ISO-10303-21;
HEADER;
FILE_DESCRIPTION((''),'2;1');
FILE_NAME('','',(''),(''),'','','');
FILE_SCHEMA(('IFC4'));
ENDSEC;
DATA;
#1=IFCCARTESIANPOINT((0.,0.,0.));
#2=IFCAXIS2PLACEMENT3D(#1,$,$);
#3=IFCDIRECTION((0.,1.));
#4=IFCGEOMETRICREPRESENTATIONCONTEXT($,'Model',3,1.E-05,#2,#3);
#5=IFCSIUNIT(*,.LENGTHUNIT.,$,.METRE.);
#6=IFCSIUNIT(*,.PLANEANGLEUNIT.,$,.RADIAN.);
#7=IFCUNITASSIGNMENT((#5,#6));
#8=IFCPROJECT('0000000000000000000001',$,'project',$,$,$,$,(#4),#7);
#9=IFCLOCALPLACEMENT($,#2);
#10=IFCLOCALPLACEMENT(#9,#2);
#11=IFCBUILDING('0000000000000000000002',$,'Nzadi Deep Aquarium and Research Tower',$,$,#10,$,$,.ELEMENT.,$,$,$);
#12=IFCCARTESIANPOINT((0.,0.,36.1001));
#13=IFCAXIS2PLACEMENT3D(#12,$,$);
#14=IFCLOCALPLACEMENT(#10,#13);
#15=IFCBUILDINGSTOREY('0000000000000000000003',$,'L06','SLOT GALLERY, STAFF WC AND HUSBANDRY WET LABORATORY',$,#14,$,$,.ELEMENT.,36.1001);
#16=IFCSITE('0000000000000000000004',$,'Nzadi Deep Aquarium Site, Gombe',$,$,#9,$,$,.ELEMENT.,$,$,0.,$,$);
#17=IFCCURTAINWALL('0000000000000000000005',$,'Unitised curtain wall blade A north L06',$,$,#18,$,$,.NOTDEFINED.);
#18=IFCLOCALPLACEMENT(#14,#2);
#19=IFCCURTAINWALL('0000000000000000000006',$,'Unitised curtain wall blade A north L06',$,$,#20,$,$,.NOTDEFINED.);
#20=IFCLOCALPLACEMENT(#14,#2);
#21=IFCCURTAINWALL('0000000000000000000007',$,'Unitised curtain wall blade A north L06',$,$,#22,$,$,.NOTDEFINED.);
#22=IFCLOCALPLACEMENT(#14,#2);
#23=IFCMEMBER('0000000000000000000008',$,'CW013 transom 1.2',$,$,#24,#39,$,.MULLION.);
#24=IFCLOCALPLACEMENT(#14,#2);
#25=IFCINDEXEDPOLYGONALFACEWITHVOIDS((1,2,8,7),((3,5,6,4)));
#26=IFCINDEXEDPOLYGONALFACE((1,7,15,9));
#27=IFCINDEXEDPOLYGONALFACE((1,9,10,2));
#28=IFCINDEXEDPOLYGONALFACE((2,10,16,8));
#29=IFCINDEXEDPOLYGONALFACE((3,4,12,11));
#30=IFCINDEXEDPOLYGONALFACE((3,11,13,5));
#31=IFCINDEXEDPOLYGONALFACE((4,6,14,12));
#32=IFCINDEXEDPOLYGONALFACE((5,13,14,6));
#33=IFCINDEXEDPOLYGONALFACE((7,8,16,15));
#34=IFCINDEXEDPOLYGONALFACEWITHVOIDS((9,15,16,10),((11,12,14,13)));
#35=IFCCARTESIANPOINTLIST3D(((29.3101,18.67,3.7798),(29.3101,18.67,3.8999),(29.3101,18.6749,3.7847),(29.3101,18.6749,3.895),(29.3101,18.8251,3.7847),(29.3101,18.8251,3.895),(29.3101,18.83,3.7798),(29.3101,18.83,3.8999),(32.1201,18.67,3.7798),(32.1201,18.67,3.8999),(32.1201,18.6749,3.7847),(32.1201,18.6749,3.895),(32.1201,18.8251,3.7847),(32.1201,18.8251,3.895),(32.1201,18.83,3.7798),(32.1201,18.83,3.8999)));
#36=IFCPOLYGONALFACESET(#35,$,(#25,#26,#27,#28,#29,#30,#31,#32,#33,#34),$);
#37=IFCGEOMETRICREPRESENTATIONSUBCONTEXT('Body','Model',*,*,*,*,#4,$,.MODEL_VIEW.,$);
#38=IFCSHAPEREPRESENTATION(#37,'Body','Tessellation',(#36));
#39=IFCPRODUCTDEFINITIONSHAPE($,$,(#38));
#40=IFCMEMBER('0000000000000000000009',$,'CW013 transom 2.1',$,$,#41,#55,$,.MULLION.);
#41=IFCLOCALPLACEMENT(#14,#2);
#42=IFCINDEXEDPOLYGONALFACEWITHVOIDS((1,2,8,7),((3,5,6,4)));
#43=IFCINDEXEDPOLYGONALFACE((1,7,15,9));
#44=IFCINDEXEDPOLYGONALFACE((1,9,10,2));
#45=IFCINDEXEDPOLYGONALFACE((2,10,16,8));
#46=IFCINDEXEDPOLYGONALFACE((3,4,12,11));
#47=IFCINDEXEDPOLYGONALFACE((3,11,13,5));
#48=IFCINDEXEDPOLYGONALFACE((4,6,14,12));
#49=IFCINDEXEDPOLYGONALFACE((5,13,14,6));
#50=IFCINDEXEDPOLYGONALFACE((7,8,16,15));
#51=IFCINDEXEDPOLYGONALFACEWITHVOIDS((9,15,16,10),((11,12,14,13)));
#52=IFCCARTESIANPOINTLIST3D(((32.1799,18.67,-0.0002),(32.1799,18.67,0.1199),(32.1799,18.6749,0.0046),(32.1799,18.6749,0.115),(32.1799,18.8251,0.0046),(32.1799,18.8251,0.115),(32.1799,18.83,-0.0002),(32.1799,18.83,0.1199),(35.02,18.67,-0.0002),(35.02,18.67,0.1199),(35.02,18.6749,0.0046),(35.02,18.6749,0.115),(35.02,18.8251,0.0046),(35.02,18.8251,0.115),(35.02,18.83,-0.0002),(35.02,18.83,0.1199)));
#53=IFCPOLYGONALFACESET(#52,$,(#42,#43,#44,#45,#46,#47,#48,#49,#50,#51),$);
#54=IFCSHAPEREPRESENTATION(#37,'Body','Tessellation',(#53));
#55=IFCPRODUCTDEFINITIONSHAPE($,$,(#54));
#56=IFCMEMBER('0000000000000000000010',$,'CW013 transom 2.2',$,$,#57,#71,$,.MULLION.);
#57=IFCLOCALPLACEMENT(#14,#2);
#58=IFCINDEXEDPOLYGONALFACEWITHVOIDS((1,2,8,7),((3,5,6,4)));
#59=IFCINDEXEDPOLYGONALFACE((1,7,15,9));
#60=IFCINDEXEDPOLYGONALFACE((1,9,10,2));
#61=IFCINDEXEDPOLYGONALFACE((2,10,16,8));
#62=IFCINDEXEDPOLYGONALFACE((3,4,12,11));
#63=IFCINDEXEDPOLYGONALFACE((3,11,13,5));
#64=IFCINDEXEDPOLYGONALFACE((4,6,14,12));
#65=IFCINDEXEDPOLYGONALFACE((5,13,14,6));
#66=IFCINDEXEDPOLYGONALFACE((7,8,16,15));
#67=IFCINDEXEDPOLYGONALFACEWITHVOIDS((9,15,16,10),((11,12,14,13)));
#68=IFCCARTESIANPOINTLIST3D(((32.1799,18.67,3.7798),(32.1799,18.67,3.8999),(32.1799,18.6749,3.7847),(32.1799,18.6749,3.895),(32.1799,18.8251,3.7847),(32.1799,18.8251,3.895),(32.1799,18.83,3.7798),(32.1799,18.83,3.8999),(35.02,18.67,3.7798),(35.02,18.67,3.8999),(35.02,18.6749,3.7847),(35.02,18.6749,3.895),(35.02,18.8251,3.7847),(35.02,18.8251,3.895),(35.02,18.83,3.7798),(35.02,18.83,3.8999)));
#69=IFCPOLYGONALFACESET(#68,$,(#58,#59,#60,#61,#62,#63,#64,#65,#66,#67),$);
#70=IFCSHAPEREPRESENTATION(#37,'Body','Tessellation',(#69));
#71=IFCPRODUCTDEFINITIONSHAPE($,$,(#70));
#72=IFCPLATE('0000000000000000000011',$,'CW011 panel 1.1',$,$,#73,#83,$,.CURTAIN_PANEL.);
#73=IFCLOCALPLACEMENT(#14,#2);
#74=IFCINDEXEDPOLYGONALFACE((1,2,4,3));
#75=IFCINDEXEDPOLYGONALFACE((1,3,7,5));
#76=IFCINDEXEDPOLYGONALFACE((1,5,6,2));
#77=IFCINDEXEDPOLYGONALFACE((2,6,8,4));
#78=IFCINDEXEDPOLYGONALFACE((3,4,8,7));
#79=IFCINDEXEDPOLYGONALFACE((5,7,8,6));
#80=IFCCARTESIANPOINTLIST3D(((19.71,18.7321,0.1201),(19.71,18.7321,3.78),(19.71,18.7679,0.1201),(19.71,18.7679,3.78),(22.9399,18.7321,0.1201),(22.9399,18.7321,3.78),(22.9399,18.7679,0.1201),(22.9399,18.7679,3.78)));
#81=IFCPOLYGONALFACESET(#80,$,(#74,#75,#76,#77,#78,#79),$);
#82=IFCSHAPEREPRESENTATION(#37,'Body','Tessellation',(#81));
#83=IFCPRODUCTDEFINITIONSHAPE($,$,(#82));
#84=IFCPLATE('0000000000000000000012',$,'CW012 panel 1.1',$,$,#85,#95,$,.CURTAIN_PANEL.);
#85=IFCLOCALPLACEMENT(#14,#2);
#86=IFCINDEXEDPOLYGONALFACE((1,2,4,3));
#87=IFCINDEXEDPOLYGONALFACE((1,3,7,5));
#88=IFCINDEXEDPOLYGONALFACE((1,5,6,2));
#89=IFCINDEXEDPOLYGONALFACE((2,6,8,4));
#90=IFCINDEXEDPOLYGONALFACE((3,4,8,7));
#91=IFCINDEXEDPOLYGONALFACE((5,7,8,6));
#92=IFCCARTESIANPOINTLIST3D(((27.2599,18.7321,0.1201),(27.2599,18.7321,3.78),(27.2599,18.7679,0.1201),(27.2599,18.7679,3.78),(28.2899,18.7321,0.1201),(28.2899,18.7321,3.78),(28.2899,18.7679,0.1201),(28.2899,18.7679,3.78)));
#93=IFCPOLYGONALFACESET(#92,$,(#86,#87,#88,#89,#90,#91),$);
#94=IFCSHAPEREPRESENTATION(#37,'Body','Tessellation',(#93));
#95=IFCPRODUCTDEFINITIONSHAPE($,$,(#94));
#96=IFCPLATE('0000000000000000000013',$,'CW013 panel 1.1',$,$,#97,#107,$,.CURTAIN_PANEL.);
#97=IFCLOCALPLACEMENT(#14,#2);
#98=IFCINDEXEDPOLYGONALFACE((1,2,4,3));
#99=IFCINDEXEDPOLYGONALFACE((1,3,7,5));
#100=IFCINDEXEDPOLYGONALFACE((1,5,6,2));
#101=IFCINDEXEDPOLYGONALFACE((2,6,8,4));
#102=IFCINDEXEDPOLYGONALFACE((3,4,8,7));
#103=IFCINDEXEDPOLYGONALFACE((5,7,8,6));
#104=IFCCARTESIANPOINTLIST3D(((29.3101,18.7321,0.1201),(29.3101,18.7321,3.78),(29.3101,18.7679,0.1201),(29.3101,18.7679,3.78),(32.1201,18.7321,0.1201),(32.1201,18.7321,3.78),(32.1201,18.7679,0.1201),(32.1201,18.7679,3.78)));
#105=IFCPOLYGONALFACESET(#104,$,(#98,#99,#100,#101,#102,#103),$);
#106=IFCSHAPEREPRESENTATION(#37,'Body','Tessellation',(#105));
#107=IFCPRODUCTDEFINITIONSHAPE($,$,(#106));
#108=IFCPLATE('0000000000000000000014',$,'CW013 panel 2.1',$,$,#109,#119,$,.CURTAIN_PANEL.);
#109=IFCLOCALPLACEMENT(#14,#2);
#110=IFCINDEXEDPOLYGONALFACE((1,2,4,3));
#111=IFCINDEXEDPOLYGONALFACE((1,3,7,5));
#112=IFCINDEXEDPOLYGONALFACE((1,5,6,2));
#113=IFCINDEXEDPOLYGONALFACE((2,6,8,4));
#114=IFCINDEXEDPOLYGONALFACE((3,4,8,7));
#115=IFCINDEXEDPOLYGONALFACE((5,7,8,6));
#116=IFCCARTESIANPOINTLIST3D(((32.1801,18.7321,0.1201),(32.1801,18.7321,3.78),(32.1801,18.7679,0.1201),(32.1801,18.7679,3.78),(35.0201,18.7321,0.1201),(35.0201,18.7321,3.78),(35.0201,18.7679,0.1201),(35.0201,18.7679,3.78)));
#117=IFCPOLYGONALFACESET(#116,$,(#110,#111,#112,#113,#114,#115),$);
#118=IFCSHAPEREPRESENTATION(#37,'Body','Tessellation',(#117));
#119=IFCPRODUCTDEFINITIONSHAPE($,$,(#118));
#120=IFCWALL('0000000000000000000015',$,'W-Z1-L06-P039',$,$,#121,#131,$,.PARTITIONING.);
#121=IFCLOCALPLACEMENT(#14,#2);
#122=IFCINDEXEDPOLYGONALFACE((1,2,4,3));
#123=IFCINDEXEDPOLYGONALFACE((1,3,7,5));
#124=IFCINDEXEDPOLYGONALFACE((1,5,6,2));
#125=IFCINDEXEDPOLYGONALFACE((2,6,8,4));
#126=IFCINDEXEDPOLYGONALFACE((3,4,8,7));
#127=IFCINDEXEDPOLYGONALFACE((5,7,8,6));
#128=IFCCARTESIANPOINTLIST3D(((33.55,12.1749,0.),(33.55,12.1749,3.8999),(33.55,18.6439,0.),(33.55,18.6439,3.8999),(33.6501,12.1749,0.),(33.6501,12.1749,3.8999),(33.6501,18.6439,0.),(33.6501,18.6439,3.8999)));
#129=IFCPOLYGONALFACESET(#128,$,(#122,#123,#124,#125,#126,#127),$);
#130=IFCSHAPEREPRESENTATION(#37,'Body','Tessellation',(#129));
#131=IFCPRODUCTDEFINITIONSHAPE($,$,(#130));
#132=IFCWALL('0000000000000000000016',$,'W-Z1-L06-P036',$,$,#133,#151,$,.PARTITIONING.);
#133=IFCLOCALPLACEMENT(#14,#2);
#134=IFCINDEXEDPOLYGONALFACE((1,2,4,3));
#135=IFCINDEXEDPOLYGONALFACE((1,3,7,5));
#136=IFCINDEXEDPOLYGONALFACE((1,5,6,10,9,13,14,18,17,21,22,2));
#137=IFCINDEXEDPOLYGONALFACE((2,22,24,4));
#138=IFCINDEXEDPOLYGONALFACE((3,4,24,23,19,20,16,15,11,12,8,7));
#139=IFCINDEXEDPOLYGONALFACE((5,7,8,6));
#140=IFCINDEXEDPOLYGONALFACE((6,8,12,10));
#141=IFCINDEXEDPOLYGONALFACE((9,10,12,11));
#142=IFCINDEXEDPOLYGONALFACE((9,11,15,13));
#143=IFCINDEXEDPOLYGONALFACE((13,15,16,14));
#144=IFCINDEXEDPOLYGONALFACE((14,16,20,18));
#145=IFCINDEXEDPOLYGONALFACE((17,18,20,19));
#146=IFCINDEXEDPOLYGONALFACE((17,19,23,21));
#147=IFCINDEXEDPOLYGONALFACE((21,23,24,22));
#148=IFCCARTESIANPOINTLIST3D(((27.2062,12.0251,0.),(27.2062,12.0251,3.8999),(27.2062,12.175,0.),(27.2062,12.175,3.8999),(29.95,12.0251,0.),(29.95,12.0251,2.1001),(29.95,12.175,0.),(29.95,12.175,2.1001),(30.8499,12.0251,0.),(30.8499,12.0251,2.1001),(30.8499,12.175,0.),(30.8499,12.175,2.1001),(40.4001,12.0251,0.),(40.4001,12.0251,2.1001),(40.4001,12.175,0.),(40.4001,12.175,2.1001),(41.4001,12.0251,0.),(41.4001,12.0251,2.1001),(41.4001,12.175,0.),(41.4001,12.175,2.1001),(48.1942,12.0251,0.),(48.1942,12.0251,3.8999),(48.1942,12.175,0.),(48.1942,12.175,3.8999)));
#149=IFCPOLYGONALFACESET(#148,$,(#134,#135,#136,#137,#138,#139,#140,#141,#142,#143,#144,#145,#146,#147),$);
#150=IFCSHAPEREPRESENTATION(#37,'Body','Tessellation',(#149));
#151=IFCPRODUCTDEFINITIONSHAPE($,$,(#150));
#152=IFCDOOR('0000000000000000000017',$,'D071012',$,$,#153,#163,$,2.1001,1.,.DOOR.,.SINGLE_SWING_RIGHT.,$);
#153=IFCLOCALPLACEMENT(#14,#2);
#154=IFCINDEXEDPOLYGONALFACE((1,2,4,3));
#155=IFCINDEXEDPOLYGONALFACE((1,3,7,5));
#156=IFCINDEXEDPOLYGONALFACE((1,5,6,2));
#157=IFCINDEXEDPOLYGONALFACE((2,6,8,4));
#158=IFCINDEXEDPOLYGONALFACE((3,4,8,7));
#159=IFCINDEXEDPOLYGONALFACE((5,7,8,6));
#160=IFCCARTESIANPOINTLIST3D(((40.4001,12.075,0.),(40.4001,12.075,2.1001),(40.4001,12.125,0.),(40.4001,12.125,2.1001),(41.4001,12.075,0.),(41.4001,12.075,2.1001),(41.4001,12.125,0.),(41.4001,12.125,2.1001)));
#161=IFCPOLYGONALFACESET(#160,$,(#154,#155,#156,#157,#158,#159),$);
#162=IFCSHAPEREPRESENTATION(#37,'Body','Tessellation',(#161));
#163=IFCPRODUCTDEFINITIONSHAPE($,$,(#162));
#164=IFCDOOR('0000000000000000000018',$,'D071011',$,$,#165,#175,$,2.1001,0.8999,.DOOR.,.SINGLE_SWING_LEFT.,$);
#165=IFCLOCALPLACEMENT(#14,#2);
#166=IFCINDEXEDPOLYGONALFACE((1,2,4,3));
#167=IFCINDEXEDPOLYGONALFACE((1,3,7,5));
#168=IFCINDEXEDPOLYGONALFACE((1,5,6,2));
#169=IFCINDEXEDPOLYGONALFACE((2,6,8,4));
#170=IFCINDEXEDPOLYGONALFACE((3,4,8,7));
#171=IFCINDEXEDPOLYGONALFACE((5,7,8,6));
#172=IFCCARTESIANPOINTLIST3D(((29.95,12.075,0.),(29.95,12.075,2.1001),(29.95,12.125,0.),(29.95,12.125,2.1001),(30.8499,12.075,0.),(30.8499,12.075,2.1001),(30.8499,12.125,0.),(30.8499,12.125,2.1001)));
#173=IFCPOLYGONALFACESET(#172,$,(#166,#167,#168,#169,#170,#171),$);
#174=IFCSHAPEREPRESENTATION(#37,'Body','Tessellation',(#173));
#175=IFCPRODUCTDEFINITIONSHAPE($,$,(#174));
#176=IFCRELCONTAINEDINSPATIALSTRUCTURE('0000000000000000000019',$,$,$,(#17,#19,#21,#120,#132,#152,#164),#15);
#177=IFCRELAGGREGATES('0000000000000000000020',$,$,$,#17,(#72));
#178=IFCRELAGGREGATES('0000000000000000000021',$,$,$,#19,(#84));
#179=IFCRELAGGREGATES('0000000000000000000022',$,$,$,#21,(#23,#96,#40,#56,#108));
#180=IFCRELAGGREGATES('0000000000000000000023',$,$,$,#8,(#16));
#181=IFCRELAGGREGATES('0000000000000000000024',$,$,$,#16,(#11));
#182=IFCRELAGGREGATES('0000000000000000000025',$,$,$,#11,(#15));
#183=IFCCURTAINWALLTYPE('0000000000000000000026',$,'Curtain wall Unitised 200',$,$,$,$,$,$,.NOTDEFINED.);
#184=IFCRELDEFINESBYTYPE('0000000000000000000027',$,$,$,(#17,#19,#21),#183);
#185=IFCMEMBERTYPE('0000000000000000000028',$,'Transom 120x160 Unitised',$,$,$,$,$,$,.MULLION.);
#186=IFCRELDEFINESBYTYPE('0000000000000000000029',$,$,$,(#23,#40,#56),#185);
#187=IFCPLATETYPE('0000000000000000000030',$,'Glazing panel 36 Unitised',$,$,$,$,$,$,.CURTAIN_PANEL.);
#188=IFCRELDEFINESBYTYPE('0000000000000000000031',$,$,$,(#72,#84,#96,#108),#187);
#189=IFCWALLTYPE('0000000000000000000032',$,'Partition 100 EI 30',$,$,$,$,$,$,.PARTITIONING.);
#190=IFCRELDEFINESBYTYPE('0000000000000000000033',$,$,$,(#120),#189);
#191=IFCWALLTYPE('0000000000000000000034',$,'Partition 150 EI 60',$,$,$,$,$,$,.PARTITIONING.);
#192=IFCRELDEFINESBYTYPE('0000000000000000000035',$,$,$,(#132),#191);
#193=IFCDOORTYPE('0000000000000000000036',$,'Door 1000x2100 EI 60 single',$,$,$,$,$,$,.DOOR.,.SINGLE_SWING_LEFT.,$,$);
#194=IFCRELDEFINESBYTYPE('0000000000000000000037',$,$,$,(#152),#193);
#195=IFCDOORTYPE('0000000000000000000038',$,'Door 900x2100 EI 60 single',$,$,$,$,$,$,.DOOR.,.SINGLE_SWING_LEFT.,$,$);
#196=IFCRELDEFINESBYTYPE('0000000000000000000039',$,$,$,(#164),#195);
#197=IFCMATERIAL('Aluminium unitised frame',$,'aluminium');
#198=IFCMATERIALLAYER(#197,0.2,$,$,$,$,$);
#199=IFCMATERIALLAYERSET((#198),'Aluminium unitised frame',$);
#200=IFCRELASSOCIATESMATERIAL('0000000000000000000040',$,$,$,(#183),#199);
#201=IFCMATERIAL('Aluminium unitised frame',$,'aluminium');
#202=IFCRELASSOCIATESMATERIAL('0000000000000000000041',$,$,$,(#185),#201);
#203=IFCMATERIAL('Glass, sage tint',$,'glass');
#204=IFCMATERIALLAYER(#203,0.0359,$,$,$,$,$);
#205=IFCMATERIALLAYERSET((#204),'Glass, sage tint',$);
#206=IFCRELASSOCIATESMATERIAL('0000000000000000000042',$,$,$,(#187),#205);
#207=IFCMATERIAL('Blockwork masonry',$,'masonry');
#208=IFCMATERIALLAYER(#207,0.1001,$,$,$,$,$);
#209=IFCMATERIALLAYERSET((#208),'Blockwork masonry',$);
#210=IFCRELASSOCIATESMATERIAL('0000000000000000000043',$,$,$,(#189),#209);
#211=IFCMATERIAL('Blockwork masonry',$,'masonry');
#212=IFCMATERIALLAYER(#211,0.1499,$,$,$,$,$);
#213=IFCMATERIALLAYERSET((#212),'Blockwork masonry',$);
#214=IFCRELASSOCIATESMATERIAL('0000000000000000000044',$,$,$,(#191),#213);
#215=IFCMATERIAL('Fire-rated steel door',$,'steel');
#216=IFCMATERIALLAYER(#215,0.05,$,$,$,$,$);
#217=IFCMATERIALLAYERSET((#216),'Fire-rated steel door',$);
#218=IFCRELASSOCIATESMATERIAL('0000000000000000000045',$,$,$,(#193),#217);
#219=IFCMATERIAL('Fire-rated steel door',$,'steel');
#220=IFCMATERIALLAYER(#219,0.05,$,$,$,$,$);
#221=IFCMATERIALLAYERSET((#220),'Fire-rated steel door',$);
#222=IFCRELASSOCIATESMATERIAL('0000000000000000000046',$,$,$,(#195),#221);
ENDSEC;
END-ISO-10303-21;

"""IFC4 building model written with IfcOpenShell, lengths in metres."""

from ifc_helpers import new_model, si_unit, direction, frame, frame_2d, origin, origin_2d, place, context, subcontext, project, spatial, rectangle, hollow_rectangle, extrude, material, layer, layer_set, material_profile, profile_set, type_object, element, fill, aggregate, save


model = new_model("IFC4")

# Units and contexts
model_context = context("Model", 3, precision=1e-05, world=origin(), true_north=direction((0.0, 1.0)))
body_context = subcontext(model_context, "Body", "Model", "MODEL_VIEW")
ifc_project = project(units=[si_unit("LENGTHUNIT", "METRE"), si_unit("PLANEANGLEUNIT", "RADIAN")], contexts=[model_context])

# Site, building, storey
site_placement = place(None, origin())
site = spatial("IfcSite", under=ifc_project, at=site_placement, Name="Nzadi Deep Aquarium Site, Gombe", CompositionType="ELEMENT", RefElevation=0.0)
building_placement = place(site_placement, origin())
building = spatial("IfcBuilding", under=site, at=building_placement, Name="Nzadi Deep Aquarium and Research Tower", CompositionType="ELEMENT")
storey_placement = place(building_placement, frame((0.0, 0.0, 36.1001)))
storey = spatial("IfcBuildingStorey", under=building, at=storey_placement, Name="L06", Description="SLOT GALLERY, STAFF WC AND HUSBANDRY WET LABORATORY", CompositionType="ELEMENT", Elevation=36.1001)

# Curtain wall
ifc_material_1 = material(Name="Aluminium unitised frame", Category="aluminium")
ifc_layer_1 = layer(ifc_material_1, 0.2)
ifc_layer_set_1 = layer_set([ifc_layer_1], Name="Aluminium unitised frame")
curtain_wall_type = type_object("IfcCurtainWallType", Name="Curtain wall Unitised 200", PredefinedType="NOTDEFINED", material=ifc_layer_set_1)
curtain_wall_1_placement = place(storey_placement, origin())
curtain_wall_1 = element("IfcCurtainWall", 1, at=curtain_wall_1_placement, inside=storey, type_object=curtain_wall_type, Name="Unitised curtain wall blade A north L06", PredefinedType="NOTDEFINED")

# Curtain walls
curtain_wall_2_placement = place(storey_placement, origin())
curtain_wall_2 = element("IfcCurtainWall", 2, at=curtain_wall_2_placement, inside=storey, type_object=curtain_wall_type, Name="Unitised curtain wall blade A north L06", PredefinedType="NOTDEFINED")
curtain_wall_3_placement = place(storey_placement, origin())
curtain_wall_3 = element("IfcCurtainWall", 3, at=curtain_wall_3_placement, inside=storey, type_object=curtain_wall_type, Name="Unitised curtain wall blade A north L06", PredefinedType="NOTDEFINED")

# Members
ifc_material_2 = material(Name="Aluminium unitised frame", Category="aluminium")
ifc_material_profile_1 = material_profile(ifc_material_2, hollow_rectangle(XDim=0.1599, YDim=0.1201, WallThickness=0.0049, at=origin_2d()))
ifc_profile_set_1 = profile_set([ifc_material_profile_1], Name="Aluminium unitised frame")
member_type_1 = type_object("IfcMemberType", Name="Transom 120x160 Unitised", PredefinedType="MULLION", material=ifc_profile_set_1)
member_1_placement = place(storey_placement, frame((29.3101, 18.75, 3.8398), z_axis=(1.0, 0.0, 0.0), x_axis=(0.0, 1.0, 0.0)))
member_1 = element("IfcMember", 4, at=member_1_placement, type_object=member_type_1, Name="CW013 transom 1.2", PredefinedType="MULLION", context=body_context, shape_type="SweptSolid", body=[
    extrude(hollow_rectangle(XDim=0.1599, YDim=0.1201, WallThickness=0.0049, at=origin_2d()), origin(), (0.0, 0.0, 1.0), 2.8101),
])
member_2_placement = place(storey_placement, frame((32.1799, 18.75, 0.0598), z_axis=(1.0, 0.0, 0.0), x_axis=(0.0, 1.0, 0.0)))
member_2 = element("IfcMember", 5, at=member_2_placement, type_object=member_type_1, Name="CW013 transom 2.1", PredefinedType="MULLION", context=body_context, shape_type="SweptSolid", body=[
    extrude(hollow_rectangle(XDim=0.1599, YDim=0.1201, WallThickness=0.0049, at=origin_2d()), origin(), (0.0, 0.0, 1.0), 2.8401),
])
member_3_placement = place(storey_placement, frame((32.1799, 18.75, 3.8398), z_axis=(1.0, 0.0, 0.0), x_axis=(0.0, 1.0, 0.0)))
member_3 = element("IfcMember", 6, at=member_3_placement, type_object=member_type_1, Name="CW013 transom 2.2", PredefinedType="MULLION", context=body_context, shape_type="SweptSolid", body=[
    extrude(hollow_rectangle(XDim=0.1599, YDim=0.1201, WallThickness=0.0049, at=origin_2d()), origin(), (0.0, 0.0, 1.0), 2.8401),
])

# Plates
ifc_material_3 = material(Name="Glass, sage tint", Category="glass")
ifc_layer_2 = layer(ifc_material_3, 0.0359)
ifc_layer_set_2 = layer_set([ifc_layer_2], Name="Glass, sage tint")
plate_type = type_object("IfcPlateType", Name="Glazing panel 36 Unitised", PredefinedType="CURTAIN_PANEL", material=ifc_layer_set_2)
plate_1_placement = place(storey_placement, frame((21.325, 18.75, 0.1201), z_axis=(0.0, 0.0, 1.0), x_axis=(1.0, 0.0, 0.0)))
plate_1 = element("IfcPlate", 7, at=plate_1_placement, type_object=plate_type, Name="CW011 panel 1.1", PredefinedType="CURTAIN_PANEL", context=body_context, shape_type="SweptSolid", body=[
    extrude(rectangle(XDim=3.23, YDim=0.0359, at=origin_2d()), origin(), (0.0, 0.0, 1.0), 3.6599),
])
aggregate(curtain_wall_1, [plate_1])
plate_2_placement = place(storey_placement, frame((27.7749, 18.75, 0.1201), z_axis=(0.0, 0.0, 1.0), x_axis=(1.0, 0.0, 0.0)))
plate_2 = element("IfcPlate", 8, at=plate_2_placement, type_object=plate_type, Name="CW012 panel 1.1", PredefinedType="CURTAIN_PANEL", context=body_context, shape_type="SweptSolid", body=[
    extrude(rectangle(XDim=1.03, YDim=0.0359, at=origin_2d()), origin(), (0.0, 0.0, 1.0), 3.6599),
])
aggregate(curtain_wall_2, [plate_2])
plate_3_placement = place(storey_placement, frame((30.7151, 18.75, 0.1201), z_axis=(0.0, 0.0, 1.0), x_axis=(1.0, 0.0, 0.0)))
plate_3 = element("IfcPlate", 9, at=plate_3_placement, type_object=plate_type, Name="CW013 panel 1.1", PredefinedType="CURTAIN_PANEL", context=body_context, shape_type="SweptSolid", body=[
    extrude(rectangle(XDim=2.8101, YDim=0.0359, at=origin_2d()), origin(), (0.0, 0.0, 1.0), 3.6599),
])
plate_4_placement = place(storey_placement, frame((33.6001, 18.75, 0.1201), z_axis=(0.0, 0.0, 1.0), x_axis=(1.0, 0.0, 0.0)))
plate_4 = element("IfcPlate", 10, at=plate_4_placement, type_object=plate_type, Name="CW013 panel 2.1", PredefinedType="CURTAIN_PANEL", context=body_context, shape_type="SweptSolid", body=[
    extrude(rectangle(XDim=2.8401, YDim=0.0359, at=origin_2d()), origin(), (0.0, 0.0, 1.0), 3.6599),
])
aggregate(curtain_wall_3, [member_1, plate_3, member_2, member_3, plate_4])

# Wall
ifc_material_4 = material(Name="Blockwork masonry", Category="masonry")
ifc_layer_3 = layer(ifc_material_4, 0.1001)
ifc_layer_set_3 = layer_set([ifc_layer_3], Name="Blockwork masonry")
wall_type_1 = type_object("IfcWallType", Name="Partition 100 EI 30", PredefinedType="PARTITIONING", material=ifc_layer_set_3)
wall_1_placement = place(storey_placement, frame((33.6001, 12.175, 0.0), z_axis=(0.0, 0.0, 1.0), x_axis=(0.0, 1.0, 0.0)))
element("IfcWall", 11, at=wall_1_placement, inside=storey, type_object=wall_type_1, Name="W-Z1-L06-P039", PredefinedType="PARTITIONING", context=body_context, shape_type="SweptSolid", body=[
    extrude(rectangle(XDim=6.469, YDim=0.1001, at=frame_2d((3.2344, 0.0))), origin(), (0.0, 0.0, 1.0), 3.8999),
])

# Wall, openings, doors
ifc_material_5 = material(Name="Blockwork masonry", Category="masonry")
ifc_layer_4 = layer(ifc_material_5, 0.1499)
ifc_layer_set_4 = layer_set([ifc_layer_4], Name="Blockwork masonry")
wall_type_2 = type_object("IfcWallType", Name="Partition 150 EI 60", PredefinedType="PARTITIONING", material=ifc_layer_set_4)
wall_2_placement = place(storey_placement, frame((27.2061, 12.1001, 0.0), z_axis=(0.0, 0.0, 1.0), x_axis=(1.0, 0.0, 0.0)))
wall_2 = element("IfcWall", 12, at=wall_2_placement, inside=storey, type_object=wall_type_2, Name="W-Z1-L06-P036", PredefinedType="PARTITIONING", context=body_context, shape_type="SweptSolid", body=[
    extrude(rectangle(XDim=20.988, YDim=0.1499, at=frame_2d((10.4941, 0.0))), origin(), (0.0, 0.0, 1.0), 3.8999),
])
opening_1_placement = place(wall_2_placement, frame((2.7439, 0.0, 0.0)))
opening_1 = element("IfcOpeningElement", 13, at=opening_1_placement, cuts=wall_2, PredefinedType="OPENING", context=body_context, shape_type="SweptSolid", body=[
    extrude(rectangle(XDim=0.8999, YDim=2.1001, at=frame_2d((0.45, 1.05))), frame((0.0, 0.085, 0.0), z_axis=(0.0, -1.0, 0.0), x_axis=(1.0, 0.0, 0.0)), (0.0, 0.0, 1.0), 0.1699),
])
opening_2_placement = place(wall_2_placement, frame((13.1941, 0.0, 0.0)))
opening_2 = element("IfcOpeningElement", 14, at=opening_2_placement, cuts=wall_2, PredefinedType="OPENING", context=body_context, shape_type="SweptSolid", body=[
    extrude(rectangle(XDim=1.0, YDim=2.1001, at=frame_2d((0.5, 1.05))), frame((0.0, 0.085, 0.0), z_axis=(0.0, -1.0, 0.0), x_axis=(1.0, 0.0, 0.0)), (0.0, 0.0, 1.0), 0.1699),
])
ifc_material_6 = material(Name="Fire-rated steel door", Category="steel")
ifc_layer_5 = layer(ifc_material_6, 0.05)
ifc_layer_set_5 = layer_set([ifc_layer_5], Name="Fire-rated steel door")
door_type_1 = type_object("IfcDoorType", Name="Door 1000x2100 EI 60 single", OperationType="SINGLE_SWING_LEFT", PredefinedType="DOOR", material=ifc_layer_set_5)
door_1_placement = place(opening_2_placement, origin())
door_1 = element("IfcDoor", 15, at=door_1_placement, inside=storey, type_object=door_type_1, Name="D071012", OperationType="SINGLE_SWING_RIGHT", OverallHeight=2.1001, OverallWidth=1.0, PredefinedType="DOOR", context=body_context, shape_type="SweptSolid", body=[
    extrude(rectangle(XDim=1.0, YDim=2.1001, at=frame_2d((0.5, 1.05))), frame((0.0, 0.0249, 0.0), z_axis=(0.0, -1.0, 0.0), x_axis=(1.0, 0.0, 0.0)), (0.0, 0.0, 1.0), 0.05),
])
fill(opening_2, door_1)
ifc_material_7 = material(Name="Fire-rated steel door", Category="steel")
ifc_layer_6 = layer(ifc_material_7, 0.05)
ifc_layer_set_6 = layer_set([ifc_layer_6], Name="Fire-rated steel door")
door_type_2 = type_object("IfcDoorType", Name="Door 900x2100 EI 60 single", OperationType="SINGLE_SWING_LEFT", PredefinedType="DOOR", material=ifc_layer_set_6)
door_2_placement = place(opening_1_placement, origin())
door_2 = element("IfcDoor", 16, at=door_2_placement, inside=storey, type_object=door_type_2, Name="D071011", OperationType="SINGLE_SWING_LEFT", OverallHeight=2.1001, OverallWidth=0.8999, PredefinedType="DOOR", context=body_context, shape_type="SweptSolid", body=[
    extrude(rectangle(XDim=0.8999, YDim=2.1001, at=frame_2d((0.45, 1.05))), frame((0.0, 0.0249, 0.0), z_axis=(0.0, -1.0, 0.0), x_axis=(1.0, 0.0, 0.0)), (0.0, 0.0, 1.0), 0.05),
])
fill(opening_1, door_2)

save(model, "model.ifc")
